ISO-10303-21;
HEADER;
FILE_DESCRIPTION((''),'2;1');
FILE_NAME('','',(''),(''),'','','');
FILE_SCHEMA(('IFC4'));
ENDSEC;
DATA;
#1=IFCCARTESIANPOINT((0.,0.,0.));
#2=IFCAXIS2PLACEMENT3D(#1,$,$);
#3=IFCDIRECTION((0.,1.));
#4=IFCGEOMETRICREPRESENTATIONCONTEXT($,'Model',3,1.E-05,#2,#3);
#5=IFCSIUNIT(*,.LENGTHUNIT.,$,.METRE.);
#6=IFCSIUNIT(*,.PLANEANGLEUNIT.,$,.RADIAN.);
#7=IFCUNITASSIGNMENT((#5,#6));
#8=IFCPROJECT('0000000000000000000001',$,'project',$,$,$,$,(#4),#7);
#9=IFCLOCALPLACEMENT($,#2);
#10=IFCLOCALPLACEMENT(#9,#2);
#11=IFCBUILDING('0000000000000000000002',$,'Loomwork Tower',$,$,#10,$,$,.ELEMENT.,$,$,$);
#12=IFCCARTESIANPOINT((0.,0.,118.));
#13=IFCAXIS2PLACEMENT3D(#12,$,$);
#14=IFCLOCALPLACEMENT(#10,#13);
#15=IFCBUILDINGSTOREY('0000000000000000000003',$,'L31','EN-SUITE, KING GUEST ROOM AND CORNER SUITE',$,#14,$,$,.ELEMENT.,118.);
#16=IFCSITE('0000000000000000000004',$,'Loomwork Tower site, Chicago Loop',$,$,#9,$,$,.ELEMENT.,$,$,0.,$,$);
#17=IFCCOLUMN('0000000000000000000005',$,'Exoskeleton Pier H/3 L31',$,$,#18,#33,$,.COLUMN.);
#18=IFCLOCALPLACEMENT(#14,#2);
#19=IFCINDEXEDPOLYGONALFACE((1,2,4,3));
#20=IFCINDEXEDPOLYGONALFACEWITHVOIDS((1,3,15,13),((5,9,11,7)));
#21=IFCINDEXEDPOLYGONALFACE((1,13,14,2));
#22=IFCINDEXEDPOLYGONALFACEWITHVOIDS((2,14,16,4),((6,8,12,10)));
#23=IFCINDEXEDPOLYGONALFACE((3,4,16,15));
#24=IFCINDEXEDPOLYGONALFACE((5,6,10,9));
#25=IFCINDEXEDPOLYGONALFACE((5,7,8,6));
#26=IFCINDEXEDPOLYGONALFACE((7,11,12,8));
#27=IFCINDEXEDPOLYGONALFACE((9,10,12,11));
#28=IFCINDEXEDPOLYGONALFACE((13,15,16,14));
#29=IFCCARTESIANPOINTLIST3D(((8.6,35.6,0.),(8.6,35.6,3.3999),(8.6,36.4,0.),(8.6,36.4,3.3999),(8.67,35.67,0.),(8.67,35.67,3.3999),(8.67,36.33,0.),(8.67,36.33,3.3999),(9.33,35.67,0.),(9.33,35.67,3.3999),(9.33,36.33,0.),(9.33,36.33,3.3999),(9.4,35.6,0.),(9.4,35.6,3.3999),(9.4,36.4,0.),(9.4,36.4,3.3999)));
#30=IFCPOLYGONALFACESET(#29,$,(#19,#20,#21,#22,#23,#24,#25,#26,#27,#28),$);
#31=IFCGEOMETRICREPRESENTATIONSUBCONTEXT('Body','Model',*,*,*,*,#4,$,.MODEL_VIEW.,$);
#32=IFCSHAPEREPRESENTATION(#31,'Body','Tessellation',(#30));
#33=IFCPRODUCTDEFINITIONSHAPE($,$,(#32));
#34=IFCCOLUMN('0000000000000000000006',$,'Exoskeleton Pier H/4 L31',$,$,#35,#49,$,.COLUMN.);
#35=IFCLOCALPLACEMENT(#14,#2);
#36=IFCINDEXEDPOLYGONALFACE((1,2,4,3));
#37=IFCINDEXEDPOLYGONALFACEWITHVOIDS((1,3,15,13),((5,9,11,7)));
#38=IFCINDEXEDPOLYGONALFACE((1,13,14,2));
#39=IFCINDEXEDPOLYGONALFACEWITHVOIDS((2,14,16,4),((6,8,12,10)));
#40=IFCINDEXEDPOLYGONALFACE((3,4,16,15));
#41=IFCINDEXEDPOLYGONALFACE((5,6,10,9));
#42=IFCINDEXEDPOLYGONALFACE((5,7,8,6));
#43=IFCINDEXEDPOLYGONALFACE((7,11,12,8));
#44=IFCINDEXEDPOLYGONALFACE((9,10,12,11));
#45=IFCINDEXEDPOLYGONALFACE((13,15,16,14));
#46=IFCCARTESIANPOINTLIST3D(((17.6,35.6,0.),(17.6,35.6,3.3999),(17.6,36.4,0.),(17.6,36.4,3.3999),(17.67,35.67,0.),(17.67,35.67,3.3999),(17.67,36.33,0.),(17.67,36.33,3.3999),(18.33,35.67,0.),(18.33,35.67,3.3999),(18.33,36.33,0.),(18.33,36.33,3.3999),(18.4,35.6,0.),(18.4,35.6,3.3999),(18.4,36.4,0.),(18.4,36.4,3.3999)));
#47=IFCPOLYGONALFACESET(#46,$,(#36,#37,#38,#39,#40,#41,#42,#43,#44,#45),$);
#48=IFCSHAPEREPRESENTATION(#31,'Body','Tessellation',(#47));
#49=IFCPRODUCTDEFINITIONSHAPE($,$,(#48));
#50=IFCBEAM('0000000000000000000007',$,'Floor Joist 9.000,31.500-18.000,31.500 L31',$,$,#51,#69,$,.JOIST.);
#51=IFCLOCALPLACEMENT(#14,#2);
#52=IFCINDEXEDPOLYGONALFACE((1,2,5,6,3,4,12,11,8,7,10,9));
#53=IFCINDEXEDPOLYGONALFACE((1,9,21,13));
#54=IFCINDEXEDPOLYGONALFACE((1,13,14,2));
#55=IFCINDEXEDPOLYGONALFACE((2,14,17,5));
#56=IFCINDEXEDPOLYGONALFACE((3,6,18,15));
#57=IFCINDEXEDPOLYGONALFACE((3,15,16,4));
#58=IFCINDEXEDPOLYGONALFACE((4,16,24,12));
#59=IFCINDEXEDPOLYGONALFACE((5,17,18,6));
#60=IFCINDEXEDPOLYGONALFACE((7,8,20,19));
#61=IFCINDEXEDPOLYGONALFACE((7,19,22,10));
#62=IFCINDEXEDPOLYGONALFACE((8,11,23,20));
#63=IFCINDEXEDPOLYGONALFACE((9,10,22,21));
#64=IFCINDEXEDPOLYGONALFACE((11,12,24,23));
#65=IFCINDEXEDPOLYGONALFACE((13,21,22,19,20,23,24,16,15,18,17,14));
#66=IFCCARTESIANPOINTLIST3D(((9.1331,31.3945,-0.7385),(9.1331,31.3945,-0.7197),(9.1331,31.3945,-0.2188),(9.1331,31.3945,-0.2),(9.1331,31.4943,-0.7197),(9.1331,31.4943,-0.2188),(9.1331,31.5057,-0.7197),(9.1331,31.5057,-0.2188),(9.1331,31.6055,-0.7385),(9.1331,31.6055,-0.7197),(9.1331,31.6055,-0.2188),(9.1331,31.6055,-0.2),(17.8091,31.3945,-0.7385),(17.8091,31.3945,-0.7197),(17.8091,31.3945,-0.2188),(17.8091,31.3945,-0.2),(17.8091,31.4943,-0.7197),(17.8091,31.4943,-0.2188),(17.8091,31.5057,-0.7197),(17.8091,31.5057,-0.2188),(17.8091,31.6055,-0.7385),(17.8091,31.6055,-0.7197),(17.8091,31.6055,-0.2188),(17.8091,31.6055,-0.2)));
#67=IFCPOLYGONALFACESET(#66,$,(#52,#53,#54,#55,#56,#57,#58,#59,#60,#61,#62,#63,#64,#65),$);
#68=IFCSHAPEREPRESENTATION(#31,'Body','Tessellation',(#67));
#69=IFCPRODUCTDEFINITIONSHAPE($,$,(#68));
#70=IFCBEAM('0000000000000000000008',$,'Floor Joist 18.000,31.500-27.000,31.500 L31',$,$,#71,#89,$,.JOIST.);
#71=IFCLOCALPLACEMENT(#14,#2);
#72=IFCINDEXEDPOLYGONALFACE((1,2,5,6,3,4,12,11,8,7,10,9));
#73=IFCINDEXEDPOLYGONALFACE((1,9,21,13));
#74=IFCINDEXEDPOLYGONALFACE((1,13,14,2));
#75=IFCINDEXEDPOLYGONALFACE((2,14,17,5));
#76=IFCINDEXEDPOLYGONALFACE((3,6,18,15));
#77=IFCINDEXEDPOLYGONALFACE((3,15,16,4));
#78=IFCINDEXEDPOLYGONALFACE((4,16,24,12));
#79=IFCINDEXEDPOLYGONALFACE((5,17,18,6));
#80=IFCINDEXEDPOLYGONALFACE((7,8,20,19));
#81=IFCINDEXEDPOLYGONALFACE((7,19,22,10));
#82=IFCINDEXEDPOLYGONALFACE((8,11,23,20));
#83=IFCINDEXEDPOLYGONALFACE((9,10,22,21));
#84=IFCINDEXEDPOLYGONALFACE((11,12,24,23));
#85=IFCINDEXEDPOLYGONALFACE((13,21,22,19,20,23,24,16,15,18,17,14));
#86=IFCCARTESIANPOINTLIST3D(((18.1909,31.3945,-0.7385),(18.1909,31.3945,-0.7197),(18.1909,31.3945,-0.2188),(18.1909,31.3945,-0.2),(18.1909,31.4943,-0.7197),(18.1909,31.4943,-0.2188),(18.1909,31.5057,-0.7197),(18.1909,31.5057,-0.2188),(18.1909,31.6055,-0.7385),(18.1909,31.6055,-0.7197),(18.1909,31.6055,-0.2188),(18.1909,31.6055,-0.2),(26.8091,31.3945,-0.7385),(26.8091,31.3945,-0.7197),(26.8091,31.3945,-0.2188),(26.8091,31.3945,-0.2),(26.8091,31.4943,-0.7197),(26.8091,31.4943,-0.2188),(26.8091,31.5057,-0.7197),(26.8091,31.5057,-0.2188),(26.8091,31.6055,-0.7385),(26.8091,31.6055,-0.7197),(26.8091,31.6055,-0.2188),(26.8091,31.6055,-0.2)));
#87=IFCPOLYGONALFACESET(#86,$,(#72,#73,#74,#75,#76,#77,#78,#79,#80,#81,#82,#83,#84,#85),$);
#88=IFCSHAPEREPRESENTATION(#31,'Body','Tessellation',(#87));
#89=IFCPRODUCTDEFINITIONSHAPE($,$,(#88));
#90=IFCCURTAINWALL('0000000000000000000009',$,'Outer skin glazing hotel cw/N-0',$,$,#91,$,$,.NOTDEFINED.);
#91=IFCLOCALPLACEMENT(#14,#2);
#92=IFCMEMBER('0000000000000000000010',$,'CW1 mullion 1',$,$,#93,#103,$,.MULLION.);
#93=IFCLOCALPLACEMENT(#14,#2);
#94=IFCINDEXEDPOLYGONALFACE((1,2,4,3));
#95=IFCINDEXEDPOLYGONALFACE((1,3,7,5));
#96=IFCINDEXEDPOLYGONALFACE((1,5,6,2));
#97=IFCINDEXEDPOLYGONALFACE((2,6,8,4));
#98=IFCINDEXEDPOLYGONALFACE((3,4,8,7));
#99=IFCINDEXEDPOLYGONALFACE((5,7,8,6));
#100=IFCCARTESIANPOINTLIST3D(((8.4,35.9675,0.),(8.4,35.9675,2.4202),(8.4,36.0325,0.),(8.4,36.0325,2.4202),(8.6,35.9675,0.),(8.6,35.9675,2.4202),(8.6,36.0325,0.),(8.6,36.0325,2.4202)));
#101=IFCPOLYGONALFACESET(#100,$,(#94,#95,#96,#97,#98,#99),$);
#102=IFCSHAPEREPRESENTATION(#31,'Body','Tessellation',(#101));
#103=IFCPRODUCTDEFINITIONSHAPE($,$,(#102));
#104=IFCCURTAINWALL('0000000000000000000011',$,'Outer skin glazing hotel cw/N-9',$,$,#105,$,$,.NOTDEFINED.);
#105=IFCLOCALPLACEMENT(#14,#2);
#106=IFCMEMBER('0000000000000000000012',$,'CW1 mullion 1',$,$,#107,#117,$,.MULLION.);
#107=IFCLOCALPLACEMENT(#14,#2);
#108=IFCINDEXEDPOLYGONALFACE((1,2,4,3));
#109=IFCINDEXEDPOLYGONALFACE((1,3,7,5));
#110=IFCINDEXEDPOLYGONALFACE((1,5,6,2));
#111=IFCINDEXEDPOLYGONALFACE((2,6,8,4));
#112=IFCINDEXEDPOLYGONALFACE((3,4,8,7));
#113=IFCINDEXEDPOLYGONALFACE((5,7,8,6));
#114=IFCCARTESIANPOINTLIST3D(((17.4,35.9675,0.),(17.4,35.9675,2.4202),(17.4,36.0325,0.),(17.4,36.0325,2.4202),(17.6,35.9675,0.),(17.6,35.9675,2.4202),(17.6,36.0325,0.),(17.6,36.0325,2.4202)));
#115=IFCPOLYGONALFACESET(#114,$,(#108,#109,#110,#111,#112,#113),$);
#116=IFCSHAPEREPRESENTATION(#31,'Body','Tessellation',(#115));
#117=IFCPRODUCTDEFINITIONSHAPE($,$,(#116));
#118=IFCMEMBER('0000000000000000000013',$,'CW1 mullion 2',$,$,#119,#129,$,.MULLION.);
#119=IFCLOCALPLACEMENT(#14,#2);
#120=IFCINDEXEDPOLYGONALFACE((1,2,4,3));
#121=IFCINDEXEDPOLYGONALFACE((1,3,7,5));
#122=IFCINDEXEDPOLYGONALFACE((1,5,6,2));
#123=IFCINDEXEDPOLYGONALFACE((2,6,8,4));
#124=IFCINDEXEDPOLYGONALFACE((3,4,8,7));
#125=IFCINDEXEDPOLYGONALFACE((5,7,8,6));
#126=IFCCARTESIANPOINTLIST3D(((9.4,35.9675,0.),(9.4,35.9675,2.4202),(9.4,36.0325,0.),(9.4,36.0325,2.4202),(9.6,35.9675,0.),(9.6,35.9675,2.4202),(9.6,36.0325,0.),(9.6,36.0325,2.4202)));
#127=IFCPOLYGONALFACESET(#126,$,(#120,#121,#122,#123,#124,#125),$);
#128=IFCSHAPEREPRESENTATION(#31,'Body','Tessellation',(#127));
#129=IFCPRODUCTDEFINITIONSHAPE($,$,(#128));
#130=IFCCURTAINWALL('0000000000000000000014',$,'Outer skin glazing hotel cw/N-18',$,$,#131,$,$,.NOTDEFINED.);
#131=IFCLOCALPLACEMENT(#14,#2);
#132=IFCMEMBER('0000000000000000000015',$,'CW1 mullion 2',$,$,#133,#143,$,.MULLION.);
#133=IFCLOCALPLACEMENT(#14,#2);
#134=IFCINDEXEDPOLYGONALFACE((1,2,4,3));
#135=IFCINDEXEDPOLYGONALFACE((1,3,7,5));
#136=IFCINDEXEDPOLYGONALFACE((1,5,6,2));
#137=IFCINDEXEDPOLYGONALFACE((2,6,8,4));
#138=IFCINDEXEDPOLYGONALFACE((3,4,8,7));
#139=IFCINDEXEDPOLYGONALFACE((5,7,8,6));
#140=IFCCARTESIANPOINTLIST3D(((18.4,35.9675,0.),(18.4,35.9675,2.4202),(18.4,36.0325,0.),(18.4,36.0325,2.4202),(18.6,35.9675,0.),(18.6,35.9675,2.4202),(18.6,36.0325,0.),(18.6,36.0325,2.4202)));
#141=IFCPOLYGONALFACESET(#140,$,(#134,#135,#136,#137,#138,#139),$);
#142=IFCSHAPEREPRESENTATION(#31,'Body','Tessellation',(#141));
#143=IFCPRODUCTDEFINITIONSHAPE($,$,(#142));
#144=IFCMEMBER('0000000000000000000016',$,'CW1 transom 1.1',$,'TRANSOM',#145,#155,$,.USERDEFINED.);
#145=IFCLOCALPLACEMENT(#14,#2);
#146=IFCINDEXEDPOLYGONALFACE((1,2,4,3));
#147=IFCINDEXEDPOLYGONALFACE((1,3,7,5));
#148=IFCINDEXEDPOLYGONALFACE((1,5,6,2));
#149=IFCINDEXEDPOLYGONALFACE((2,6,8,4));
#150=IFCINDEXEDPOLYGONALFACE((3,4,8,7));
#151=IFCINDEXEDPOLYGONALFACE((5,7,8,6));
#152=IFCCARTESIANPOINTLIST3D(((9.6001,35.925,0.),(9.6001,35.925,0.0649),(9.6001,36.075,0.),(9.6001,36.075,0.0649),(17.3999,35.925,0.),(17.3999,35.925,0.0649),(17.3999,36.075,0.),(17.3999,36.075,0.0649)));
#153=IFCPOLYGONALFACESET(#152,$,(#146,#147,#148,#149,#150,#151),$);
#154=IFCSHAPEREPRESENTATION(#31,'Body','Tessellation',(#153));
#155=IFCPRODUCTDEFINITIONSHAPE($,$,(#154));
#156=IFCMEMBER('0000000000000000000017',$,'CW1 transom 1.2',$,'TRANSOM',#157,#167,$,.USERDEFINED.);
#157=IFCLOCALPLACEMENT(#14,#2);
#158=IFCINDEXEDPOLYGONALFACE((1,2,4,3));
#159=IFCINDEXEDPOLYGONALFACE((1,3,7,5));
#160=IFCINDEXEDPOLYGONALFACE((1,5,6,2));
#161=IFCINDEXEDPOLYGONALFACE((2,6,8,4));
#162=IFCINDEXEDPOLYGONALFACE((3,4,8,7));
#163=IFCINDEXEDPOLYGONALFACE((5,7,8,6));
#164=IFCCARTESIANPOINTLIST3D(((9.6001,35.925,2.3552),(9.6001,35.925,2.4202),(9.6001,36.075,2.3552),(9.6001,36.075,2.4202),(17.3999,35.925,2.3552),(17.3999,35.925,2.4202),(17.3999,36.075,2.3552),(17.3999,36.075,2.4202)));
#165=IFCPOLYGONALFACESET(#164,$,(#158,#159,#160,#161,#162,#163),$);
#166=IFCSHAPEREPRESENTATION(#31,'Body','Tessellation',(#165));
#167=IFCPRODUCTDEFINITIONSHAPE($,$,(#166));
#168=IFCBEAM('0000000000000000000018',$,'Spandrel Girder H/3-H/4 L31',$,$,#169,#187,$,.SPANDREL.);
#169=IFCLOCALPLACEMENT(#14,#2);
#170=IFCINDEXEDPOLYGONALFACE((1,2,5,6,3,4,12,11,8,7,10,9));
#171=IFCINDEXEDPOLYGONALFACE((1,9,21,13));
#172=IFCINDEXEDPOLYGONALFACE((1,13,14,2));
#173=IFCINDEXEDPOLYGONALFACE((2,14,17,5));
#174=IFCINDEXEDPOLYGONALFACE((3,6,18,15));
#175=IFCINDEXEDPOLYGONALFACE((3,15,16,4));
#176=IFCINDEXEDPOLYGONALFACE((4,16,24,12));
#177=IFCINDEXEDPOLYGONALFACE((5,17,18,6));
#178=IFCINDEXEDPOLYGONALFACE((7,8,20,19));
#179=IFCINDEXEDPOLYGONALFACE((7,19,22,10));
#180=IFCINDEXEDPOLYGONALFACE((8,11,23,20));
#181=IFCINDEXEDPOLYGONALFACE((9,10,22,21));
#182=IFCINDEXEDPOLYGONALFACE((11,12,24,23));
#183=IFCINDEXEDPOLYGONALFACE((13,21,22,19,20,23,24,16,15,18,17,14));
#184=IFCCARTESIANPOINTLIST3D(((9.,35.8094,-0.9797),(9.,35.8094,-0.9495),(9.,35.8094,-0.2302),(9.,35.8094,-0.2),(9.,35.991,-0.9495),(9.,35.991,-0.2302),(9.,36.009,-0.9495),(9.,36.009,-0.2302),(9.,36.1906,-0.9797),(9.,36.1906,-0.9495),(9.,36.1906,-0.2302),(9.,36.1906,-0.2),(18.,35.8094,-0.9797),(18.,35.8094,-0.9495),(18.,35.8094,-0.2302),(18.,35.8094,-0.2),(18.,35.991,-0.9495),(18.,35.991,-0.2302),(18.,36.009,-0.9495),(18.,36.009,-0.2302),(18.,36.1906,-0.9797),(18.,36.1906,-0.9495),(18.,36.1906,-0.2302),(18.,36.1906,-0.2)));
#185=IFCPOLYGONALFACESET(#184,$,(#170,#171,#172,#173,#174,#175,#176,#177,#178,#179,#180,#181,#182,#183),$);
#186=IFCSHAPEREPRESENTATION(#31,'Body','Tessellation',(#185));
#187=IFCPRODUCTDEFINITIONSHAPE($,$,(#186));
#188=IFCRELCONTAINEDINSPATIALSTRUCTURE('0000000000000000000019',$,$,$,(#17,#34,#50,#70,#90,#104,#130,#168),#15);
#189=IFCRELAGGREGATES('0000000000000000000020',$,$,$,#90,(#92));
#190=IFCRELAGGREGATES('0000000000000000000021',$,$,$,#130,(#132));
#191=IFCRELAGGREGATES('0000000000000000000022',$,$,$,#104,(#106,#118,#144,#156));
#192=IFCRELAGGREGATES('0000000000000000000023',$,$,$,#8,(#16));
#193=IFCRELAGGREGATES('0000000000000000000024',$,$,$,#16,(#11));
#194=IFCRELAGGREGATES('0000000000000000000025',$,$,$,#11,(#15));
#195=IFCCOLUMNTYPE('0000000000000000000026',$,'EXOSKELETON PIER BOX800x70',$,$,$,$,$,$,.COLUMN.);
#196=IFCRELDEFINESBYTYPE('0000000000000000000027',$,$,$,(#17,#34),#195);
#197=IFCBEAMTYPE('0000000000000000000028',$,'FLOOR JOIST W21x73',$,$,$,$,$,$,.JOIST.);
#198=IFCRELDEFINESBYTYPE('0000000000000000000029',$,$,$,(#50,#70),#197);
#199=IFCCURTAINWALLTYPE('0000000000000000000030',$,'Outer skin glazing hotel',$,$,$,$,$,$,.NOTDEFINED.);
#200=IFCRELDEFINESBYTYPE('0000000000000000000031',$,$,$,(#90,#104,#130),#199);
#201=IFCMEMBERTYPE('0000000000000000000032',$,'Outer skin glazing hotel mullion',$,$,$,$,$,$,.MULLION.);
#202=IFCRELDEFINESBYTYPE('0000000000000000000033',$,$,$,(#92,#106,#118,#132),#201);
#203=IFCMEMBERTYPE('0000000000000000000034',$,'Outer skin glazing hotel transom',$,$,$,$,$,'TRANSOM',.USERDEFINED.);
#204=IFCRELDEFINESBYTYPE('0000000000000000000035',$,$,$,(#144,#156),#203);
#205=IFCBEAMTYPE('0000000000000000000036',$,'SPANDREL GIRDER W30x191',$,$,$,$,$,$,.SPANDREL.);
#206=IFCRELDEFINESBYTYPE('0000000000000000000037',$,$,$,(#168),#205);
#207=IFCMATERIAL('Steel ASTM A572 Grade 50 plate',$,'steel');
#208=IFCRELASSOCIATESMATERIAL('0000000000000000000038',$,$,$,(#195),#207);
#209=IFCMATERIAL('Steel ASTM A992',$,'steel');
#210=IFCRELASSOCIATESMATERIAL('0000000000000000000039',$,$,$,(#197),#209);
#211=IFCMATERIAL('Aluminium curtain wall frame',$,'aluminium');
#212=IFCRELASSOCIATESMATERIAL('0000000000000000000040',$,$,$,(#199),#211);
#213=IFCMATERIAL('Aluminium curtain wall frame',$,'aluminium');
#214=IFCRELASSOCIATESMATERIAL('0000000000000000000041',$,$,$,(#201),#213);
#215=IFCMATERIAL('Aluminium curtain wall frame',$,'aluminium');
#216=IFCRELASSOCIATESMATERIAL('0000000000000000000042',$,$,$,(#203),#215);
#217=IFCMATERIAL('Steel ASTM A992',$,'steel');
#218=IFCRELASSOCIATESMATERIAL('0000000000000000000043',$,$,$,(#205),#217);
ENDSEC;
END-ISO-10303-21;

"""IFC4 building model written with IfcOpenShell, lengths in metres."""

from ifc_helpers import new_model, si_unit, direction, frame, origin, origin_2d, place, context, subcontext, project, spatial, rectangle, hollow_rectangle, i_section, extrude, material, material_profile, profile_set, type_object, element, aggregate, save


model = new_model("IFC4")

# Units and contexts
model_context = context("Model", 3, precision=1e-05, world=origin(), true_north=direction((0.0, 1.0)))
body_context = subcontext(model_context, "Body", "Model", "MODEL_VIEW")
ifc_project = project(units=[si_unit("LENGTHUNIT", "METRE"), si_unit("PLANEANGLEUNIT", "RADIAN")], contexts=[model_context])

# Site, building, storey
site_placement = place(None, origin())
site = spatial("IfcSite", under=ifc_project, at=site_placement, Name="Loomwork Tower site, Chicago Loop", CompositionType="ELEMENT", RefElevation=0.0)
building_placement = place(site_placement, origin())
building = spatial("IfcBuilding", under=site, at=building_placement, Name="Loomwork Tower", CompositionType="ELEMENT")
storey_placement = place(building_placement, frame((0.0, 0.0, 118.0)))
storey = spatial("IfcBuildingStorey", under=building, at=storey_placement, Name="L31", Description="EN-SUITE, KING GUEST ROOM AND CORNER SUITE", CompositionType="ELEMENT", Elevation=118.0)

# Columns
ifc_material_1 = material(Name="Steel ASTM A572 Grade 50 plate", Category="steel")
ifc_material_profile_1 = material_profile(ifc_material_1, hollow_rectangle(XDim=0.8, YDim=0.8, WallThickness=0.0701, at=origin_2d()), Name="BOX800x70")
ifc_profile_set_1 = profile_set([ifc_material_profile_1], Name="Steel ASTM A572 Grade 50 plate")
column_type = type_object("IfcColumnType", Name="EXOSKELETON PIER BOX800x70", PredefinedType="COLUMN", material=ifc_profile_set_1)
for number, where, z_axis, x_axis, name in (
    (1, (9.0, 36.0, 0.0), (0.0, 0.0, 1.0), (1.0, 0.0, 0.0), "Exoskeleton Pier H/3 L31"),
    (2, (18.0, 36.0, 0.0), (0.0, 0.0, 1.0), (1.0, 0.0, 0.0), "Exoskeleton Pier H/4 L31"),
):
    element("IfcColumn", number, at=place(storey_placement, frame(where, z_axis=z_axis, x_axis=x_axis)), inside=storey, type_object=column_type, Name=name, PredefinedType="COLUMN", context=body_context, shape_type="SweptSolid", body=[
        extrude(hollow_rectangle(XDim=0.8, YDim=0.8, WallThickness=0.0701, at=origin_2d()), origin(), (0.0, 0.0, 1.0), 3.3999),
    ])

# Beams
ifc_material_2 = material(Name="Steel ASTM A992", Category="steel")
ifc_material_profile_2 = material_profile(ifc_material_2, i_section(OverallWidth=0.2109, OverallDepth=0.5386, WebThickness=0.0115, FlangeThickness=0.0188, at=origin_2d()), Name="W21x73")
ifc_profile_set_2 = profile_set([ifc_material_profile_2], Name="Steel ASTM A992")
beam_type_1 = type_object("IfcBeamType", Name="FLOOR JOIST W21x73", PredefinedType="JOIST", material=ifc_profile_set_2)
beam_1_placement = place(storey_placement, frame((9.1331, 31.5, -0.4692), z_axis=(1.0, 0.0, 0.0), x_axis=(0.0, 1.0, 0.0)))
element("IfcBeam", 3, at=beam_1_placement, inside=storey, type_object=beam_type_1, Name="Floor Joist 9.000,31.500-18.000,31.500 L31", PredefinedType="JOIST", context=body_context, shape_type="SweptSolid", body=[
    extrude(i_section(OverallWidth=0.2109, OverallDepth=0.5386, WebThickness=0.0115, FlangeThickness=0.0188, at=origin_2d()), origin(), (0.0, 0.0, 1.0), 8.676),
])
beam_2_placement = place(storey_placement, frame((18.1909, 31.5, -0.4692), z_axis=(1.0, 0.0, 0.0), x_axis=(0.0, 1.0, 0.0)))
element("IfcBeam", 4, at=beam_2_placement, inside=storey, type_object=beam_type_1, Name="Floor Joist 18.000,31.500-27.000,31.500 L31", PredefinedType="JOIST", context=body_context, shape_type="SweptSolid", body=[
    extrude(i_section(OverallWidth=0.2109, OverallDepth=0.5386, WebThickness=0.0115, FlangeThickness=0.0188, at=origin_2d()), origin(), (0.0, 0.0, 1.0), 8.6182),
])

# Curtain wall, member
ifc_material_3 = material(Name="Aluminium curtain wall frame", Category="aluminium")
curtain_wall_type = type_object("IfcCurtainWallType", Name="Outer skin glazing hotel", PredefinedType="NOTDEFINED", material=ifc_material_3)
curtain_wall_1_placement = place(storey_placement, origin())
curtain_wall_1 = element("IfcCurtainWall", 5, at=curtain_wall_1_placement, inside=storey, type_object=curtain_wall_type, Name="Outer skin glazing hotel cw/N-0", PredefinedType="NOTDEFINED")
ifc_material_4 = material(Name="Aluminium curtain wall frame", Category="aluminium")
ifc_material_profile_3 = material_profile(ifc_material_4, rectangle(XDim=0.0649, YDim=0.2, at=origin_2d()), Name="AL 65x200")
ifc_profile_set_3 = profile_set([ifc_material_profile_3], Name="Aluminium curtain wall frame")
member_type_1 = type_object("IfcMemberType", Name="Outer skin glazing hotel mullion", PredefinedType="MULLION", material=ifc_profile_set_3)
member_1_placement = place(storey_placement, frame((8.5, 36.0, 0.0), z_axis=(0.0, 0.0, 1.0), x_axis=(0.0, -1.0, 0.0)))
member_1 = element("IfcMember", 6, at=member_1_placement, type_object=member_type_1, Name="CW1 mullion 1", PredefinedType="MULLION", context=body_context, shape_type="SweptSolid", body=[
    extrude(rectangle(XDim=0.0649, YDim=0.2, at=origin_2d()), origin(), (0.0, 0.0, 1.0), 2.4202),
])
aggregate(curtain_wall_1, [member_1])

# Curtain wall, members
curtain_wall_2_placement = place(storey_placement, origin())
curtain_wall_2 = element("IfcCurtainWall", 7, at=curtain_wall_2_placement, inside=storey, type_object=curtain_wall_type, Name="Outer skin glazing hotel cw/N-9", PredefinedType="NOTDEFINED")
member_2_placement = place(storey_placement, frame((17.5, 36.0, 0.0), z_axis=(0.0, 0.0, 1.0), x_axis=(0.0, -1.0, 0.0)))
member_2 = element("IfcMember", 8, at=member_2_placement, type_object=member_type_1, Name="CW1 mullion 1", PredefinedType="MULLION", context=body_context, shape_type="SweptSolid", body=[
    extrude(rectangle(XDim=0.0649, YDim=0.2, at=origin_2d()), origin(), (0.0, 0.0, 1.0), 2.4202),
])
member_3_placement = place(storey_placement, frame((9.5, 36.0, 0.0), z_axis=(0.0, 0.0, 1.0), x_axis=(0.0, -1.0, 0.0)))
member_3 = element("IfcMember", 9, at=member_3_placement, type_object=member_type_1, Name="CW1 mullion 2", PredefinedType="MULLION", context=body_context, shape_type="SweptSolid", body=[
    extrude(rectangle(XDim=0.0649, YDim=0.2, at=origin_2d()), origin(), (0.0, 0.0, 1.0), 2.4202),
])

# Curtain wall, member
curtain_wall_3_placement = place(storey_placement, origin())
curtain_wall_3 = element("IfcCurtainWall", 10, at=curtain_wall_3_placement, inside=storey, type_object=curtain_wall_type, Name="Outer skin glazing hotel cw/N-18", PredefinedType="NOTDEFINED")
member_4_placement = place(storey_placement, frame((18.5, 36.0, 0.0), z_axis=(0.0, 0.0, 1.0), x_axis=(0.0, -1.0, 0.0)))
member_4 = element("IfcMember", 11, at=member_4_placement, type_object=member_type_1, Name="CW1 mullion 2", PredefinedType="MULLION", context=body_context, shape_type="SweptSolid", body=[
    extrude(rectangle(XDim=0.0649, YDim=0.2, at=origin_2d()), origin(), (0.0, 0.0, 1.0), 2.4202),
])
aggregate(curtain_wall_3, [member_4])

# Members
ifc_material_5 = material(Name="Aluminium curtain wall frame", Category="aluminium")
ifc_material_profile_4 = material_profile(ifc_material_5, rectangle(XDim=0.1499, YDim=0.0649, at=origin_2d()), Name="AL 65x150")
ifc_profile_set_4 = profile_set([ifc_material_profile_4], Name="Aluminium curtain wall frame")
member_type_2 = type_object("IfcMemberType", Name="Outer skin glazing hotel transom", ElementType="TRANSOM", PredefinedType="USERDEFINED", material=ifc_profile_set_4)
member_5_placement = place(storey_placement, frame((17.3999, 36.0, 0.0325), z_axis=(-1.0, 0.0, 0.0), x_axis=(0.0, -1.0, 0.0)))
member_5 = element("IfcMember", 12, at=member_5_placement, type_object=member_type_2, Name="CW1 transom 1.1", ObjectType="TRANSOM", PredefinedType="USERDEFINED", context=body_context, shape_type="SweptSolid", body=[
    extrude(rectangle(XDim=0.1499, YDim=0.0649, at=origin_2d()), origin(), (0.0, 0.0, 1.0), 7.7998),
])
member_6_placement = place(storey_placement, frame((17.3999, 36.0, 2.3877), z_axis=(-1.0, 0.0, 0.0), x_axis=(0.0, -1.0, 0.0)))
member_6 = element("IfcMember", 13, at=member_6_placement, type_object=member_type_2, Name="CW1 transom 1.2", ObjectType="TRANSOM", PredefinedType="USERDEFINED", context=body_context, shape_type="SweptSolid", body=[
    extrude(rectangle(XDim=0.1499, YDim=0.0649, at=origin_2d()), origin(), (0.0, 0.0, 1.0), 7.7998),
])

# Beam
ifc_material_6 = material(Name="Steel ASTM A992", Category="steel")
ifc_material_profile_5 = material_profile(ifc_material_6, i_section(OverallWidth=0.3811, OverallDepth=0.7798, WebThickness=0.0181, FlangeThickness=0.0303, at=origin_2d()), Name="W30x191")
ifc_profile_set_5 = profile_set([ifc_material_profile_5], Name="Steel ASTM A992")
beam_type_2 = type_object("IfcBeamType", Name="SPANDREL GIRDER W30x191", PredefinedType="SPANDREL", material=ifc_profile_set_5)
for number, where, z_axis, x_axis, name in (
    (14, (9.0, 36.0, -0.5898), (1.0, 0.0, 0.0), (0.0, 1.0, 0.0), "Spandrel Girder H/3-H/4 L31"),
):
    element("IfcBeam", number, at=place(storey_placement, frame(where, z_axis=z_axis, x_axis=x_axis)), inside=storey, type_object=beam_type_2, Name=name, PredefinedType="SPANDREL", context=body_context, shape_type="SweptSolid", body=[
        extrude(i_section(OverallWidth=0.3811, OverallDepth=0.7798, WebThickness=0.0181, FlangeThickness=0.0303, at=origin_2d()), origin(), (0.0, 0.0, 1.0), 9.0),
    ])

aggregate(curtain_wall_2, [member_2, member_3, member_5, member_6])

save(model, "model.ifc")
